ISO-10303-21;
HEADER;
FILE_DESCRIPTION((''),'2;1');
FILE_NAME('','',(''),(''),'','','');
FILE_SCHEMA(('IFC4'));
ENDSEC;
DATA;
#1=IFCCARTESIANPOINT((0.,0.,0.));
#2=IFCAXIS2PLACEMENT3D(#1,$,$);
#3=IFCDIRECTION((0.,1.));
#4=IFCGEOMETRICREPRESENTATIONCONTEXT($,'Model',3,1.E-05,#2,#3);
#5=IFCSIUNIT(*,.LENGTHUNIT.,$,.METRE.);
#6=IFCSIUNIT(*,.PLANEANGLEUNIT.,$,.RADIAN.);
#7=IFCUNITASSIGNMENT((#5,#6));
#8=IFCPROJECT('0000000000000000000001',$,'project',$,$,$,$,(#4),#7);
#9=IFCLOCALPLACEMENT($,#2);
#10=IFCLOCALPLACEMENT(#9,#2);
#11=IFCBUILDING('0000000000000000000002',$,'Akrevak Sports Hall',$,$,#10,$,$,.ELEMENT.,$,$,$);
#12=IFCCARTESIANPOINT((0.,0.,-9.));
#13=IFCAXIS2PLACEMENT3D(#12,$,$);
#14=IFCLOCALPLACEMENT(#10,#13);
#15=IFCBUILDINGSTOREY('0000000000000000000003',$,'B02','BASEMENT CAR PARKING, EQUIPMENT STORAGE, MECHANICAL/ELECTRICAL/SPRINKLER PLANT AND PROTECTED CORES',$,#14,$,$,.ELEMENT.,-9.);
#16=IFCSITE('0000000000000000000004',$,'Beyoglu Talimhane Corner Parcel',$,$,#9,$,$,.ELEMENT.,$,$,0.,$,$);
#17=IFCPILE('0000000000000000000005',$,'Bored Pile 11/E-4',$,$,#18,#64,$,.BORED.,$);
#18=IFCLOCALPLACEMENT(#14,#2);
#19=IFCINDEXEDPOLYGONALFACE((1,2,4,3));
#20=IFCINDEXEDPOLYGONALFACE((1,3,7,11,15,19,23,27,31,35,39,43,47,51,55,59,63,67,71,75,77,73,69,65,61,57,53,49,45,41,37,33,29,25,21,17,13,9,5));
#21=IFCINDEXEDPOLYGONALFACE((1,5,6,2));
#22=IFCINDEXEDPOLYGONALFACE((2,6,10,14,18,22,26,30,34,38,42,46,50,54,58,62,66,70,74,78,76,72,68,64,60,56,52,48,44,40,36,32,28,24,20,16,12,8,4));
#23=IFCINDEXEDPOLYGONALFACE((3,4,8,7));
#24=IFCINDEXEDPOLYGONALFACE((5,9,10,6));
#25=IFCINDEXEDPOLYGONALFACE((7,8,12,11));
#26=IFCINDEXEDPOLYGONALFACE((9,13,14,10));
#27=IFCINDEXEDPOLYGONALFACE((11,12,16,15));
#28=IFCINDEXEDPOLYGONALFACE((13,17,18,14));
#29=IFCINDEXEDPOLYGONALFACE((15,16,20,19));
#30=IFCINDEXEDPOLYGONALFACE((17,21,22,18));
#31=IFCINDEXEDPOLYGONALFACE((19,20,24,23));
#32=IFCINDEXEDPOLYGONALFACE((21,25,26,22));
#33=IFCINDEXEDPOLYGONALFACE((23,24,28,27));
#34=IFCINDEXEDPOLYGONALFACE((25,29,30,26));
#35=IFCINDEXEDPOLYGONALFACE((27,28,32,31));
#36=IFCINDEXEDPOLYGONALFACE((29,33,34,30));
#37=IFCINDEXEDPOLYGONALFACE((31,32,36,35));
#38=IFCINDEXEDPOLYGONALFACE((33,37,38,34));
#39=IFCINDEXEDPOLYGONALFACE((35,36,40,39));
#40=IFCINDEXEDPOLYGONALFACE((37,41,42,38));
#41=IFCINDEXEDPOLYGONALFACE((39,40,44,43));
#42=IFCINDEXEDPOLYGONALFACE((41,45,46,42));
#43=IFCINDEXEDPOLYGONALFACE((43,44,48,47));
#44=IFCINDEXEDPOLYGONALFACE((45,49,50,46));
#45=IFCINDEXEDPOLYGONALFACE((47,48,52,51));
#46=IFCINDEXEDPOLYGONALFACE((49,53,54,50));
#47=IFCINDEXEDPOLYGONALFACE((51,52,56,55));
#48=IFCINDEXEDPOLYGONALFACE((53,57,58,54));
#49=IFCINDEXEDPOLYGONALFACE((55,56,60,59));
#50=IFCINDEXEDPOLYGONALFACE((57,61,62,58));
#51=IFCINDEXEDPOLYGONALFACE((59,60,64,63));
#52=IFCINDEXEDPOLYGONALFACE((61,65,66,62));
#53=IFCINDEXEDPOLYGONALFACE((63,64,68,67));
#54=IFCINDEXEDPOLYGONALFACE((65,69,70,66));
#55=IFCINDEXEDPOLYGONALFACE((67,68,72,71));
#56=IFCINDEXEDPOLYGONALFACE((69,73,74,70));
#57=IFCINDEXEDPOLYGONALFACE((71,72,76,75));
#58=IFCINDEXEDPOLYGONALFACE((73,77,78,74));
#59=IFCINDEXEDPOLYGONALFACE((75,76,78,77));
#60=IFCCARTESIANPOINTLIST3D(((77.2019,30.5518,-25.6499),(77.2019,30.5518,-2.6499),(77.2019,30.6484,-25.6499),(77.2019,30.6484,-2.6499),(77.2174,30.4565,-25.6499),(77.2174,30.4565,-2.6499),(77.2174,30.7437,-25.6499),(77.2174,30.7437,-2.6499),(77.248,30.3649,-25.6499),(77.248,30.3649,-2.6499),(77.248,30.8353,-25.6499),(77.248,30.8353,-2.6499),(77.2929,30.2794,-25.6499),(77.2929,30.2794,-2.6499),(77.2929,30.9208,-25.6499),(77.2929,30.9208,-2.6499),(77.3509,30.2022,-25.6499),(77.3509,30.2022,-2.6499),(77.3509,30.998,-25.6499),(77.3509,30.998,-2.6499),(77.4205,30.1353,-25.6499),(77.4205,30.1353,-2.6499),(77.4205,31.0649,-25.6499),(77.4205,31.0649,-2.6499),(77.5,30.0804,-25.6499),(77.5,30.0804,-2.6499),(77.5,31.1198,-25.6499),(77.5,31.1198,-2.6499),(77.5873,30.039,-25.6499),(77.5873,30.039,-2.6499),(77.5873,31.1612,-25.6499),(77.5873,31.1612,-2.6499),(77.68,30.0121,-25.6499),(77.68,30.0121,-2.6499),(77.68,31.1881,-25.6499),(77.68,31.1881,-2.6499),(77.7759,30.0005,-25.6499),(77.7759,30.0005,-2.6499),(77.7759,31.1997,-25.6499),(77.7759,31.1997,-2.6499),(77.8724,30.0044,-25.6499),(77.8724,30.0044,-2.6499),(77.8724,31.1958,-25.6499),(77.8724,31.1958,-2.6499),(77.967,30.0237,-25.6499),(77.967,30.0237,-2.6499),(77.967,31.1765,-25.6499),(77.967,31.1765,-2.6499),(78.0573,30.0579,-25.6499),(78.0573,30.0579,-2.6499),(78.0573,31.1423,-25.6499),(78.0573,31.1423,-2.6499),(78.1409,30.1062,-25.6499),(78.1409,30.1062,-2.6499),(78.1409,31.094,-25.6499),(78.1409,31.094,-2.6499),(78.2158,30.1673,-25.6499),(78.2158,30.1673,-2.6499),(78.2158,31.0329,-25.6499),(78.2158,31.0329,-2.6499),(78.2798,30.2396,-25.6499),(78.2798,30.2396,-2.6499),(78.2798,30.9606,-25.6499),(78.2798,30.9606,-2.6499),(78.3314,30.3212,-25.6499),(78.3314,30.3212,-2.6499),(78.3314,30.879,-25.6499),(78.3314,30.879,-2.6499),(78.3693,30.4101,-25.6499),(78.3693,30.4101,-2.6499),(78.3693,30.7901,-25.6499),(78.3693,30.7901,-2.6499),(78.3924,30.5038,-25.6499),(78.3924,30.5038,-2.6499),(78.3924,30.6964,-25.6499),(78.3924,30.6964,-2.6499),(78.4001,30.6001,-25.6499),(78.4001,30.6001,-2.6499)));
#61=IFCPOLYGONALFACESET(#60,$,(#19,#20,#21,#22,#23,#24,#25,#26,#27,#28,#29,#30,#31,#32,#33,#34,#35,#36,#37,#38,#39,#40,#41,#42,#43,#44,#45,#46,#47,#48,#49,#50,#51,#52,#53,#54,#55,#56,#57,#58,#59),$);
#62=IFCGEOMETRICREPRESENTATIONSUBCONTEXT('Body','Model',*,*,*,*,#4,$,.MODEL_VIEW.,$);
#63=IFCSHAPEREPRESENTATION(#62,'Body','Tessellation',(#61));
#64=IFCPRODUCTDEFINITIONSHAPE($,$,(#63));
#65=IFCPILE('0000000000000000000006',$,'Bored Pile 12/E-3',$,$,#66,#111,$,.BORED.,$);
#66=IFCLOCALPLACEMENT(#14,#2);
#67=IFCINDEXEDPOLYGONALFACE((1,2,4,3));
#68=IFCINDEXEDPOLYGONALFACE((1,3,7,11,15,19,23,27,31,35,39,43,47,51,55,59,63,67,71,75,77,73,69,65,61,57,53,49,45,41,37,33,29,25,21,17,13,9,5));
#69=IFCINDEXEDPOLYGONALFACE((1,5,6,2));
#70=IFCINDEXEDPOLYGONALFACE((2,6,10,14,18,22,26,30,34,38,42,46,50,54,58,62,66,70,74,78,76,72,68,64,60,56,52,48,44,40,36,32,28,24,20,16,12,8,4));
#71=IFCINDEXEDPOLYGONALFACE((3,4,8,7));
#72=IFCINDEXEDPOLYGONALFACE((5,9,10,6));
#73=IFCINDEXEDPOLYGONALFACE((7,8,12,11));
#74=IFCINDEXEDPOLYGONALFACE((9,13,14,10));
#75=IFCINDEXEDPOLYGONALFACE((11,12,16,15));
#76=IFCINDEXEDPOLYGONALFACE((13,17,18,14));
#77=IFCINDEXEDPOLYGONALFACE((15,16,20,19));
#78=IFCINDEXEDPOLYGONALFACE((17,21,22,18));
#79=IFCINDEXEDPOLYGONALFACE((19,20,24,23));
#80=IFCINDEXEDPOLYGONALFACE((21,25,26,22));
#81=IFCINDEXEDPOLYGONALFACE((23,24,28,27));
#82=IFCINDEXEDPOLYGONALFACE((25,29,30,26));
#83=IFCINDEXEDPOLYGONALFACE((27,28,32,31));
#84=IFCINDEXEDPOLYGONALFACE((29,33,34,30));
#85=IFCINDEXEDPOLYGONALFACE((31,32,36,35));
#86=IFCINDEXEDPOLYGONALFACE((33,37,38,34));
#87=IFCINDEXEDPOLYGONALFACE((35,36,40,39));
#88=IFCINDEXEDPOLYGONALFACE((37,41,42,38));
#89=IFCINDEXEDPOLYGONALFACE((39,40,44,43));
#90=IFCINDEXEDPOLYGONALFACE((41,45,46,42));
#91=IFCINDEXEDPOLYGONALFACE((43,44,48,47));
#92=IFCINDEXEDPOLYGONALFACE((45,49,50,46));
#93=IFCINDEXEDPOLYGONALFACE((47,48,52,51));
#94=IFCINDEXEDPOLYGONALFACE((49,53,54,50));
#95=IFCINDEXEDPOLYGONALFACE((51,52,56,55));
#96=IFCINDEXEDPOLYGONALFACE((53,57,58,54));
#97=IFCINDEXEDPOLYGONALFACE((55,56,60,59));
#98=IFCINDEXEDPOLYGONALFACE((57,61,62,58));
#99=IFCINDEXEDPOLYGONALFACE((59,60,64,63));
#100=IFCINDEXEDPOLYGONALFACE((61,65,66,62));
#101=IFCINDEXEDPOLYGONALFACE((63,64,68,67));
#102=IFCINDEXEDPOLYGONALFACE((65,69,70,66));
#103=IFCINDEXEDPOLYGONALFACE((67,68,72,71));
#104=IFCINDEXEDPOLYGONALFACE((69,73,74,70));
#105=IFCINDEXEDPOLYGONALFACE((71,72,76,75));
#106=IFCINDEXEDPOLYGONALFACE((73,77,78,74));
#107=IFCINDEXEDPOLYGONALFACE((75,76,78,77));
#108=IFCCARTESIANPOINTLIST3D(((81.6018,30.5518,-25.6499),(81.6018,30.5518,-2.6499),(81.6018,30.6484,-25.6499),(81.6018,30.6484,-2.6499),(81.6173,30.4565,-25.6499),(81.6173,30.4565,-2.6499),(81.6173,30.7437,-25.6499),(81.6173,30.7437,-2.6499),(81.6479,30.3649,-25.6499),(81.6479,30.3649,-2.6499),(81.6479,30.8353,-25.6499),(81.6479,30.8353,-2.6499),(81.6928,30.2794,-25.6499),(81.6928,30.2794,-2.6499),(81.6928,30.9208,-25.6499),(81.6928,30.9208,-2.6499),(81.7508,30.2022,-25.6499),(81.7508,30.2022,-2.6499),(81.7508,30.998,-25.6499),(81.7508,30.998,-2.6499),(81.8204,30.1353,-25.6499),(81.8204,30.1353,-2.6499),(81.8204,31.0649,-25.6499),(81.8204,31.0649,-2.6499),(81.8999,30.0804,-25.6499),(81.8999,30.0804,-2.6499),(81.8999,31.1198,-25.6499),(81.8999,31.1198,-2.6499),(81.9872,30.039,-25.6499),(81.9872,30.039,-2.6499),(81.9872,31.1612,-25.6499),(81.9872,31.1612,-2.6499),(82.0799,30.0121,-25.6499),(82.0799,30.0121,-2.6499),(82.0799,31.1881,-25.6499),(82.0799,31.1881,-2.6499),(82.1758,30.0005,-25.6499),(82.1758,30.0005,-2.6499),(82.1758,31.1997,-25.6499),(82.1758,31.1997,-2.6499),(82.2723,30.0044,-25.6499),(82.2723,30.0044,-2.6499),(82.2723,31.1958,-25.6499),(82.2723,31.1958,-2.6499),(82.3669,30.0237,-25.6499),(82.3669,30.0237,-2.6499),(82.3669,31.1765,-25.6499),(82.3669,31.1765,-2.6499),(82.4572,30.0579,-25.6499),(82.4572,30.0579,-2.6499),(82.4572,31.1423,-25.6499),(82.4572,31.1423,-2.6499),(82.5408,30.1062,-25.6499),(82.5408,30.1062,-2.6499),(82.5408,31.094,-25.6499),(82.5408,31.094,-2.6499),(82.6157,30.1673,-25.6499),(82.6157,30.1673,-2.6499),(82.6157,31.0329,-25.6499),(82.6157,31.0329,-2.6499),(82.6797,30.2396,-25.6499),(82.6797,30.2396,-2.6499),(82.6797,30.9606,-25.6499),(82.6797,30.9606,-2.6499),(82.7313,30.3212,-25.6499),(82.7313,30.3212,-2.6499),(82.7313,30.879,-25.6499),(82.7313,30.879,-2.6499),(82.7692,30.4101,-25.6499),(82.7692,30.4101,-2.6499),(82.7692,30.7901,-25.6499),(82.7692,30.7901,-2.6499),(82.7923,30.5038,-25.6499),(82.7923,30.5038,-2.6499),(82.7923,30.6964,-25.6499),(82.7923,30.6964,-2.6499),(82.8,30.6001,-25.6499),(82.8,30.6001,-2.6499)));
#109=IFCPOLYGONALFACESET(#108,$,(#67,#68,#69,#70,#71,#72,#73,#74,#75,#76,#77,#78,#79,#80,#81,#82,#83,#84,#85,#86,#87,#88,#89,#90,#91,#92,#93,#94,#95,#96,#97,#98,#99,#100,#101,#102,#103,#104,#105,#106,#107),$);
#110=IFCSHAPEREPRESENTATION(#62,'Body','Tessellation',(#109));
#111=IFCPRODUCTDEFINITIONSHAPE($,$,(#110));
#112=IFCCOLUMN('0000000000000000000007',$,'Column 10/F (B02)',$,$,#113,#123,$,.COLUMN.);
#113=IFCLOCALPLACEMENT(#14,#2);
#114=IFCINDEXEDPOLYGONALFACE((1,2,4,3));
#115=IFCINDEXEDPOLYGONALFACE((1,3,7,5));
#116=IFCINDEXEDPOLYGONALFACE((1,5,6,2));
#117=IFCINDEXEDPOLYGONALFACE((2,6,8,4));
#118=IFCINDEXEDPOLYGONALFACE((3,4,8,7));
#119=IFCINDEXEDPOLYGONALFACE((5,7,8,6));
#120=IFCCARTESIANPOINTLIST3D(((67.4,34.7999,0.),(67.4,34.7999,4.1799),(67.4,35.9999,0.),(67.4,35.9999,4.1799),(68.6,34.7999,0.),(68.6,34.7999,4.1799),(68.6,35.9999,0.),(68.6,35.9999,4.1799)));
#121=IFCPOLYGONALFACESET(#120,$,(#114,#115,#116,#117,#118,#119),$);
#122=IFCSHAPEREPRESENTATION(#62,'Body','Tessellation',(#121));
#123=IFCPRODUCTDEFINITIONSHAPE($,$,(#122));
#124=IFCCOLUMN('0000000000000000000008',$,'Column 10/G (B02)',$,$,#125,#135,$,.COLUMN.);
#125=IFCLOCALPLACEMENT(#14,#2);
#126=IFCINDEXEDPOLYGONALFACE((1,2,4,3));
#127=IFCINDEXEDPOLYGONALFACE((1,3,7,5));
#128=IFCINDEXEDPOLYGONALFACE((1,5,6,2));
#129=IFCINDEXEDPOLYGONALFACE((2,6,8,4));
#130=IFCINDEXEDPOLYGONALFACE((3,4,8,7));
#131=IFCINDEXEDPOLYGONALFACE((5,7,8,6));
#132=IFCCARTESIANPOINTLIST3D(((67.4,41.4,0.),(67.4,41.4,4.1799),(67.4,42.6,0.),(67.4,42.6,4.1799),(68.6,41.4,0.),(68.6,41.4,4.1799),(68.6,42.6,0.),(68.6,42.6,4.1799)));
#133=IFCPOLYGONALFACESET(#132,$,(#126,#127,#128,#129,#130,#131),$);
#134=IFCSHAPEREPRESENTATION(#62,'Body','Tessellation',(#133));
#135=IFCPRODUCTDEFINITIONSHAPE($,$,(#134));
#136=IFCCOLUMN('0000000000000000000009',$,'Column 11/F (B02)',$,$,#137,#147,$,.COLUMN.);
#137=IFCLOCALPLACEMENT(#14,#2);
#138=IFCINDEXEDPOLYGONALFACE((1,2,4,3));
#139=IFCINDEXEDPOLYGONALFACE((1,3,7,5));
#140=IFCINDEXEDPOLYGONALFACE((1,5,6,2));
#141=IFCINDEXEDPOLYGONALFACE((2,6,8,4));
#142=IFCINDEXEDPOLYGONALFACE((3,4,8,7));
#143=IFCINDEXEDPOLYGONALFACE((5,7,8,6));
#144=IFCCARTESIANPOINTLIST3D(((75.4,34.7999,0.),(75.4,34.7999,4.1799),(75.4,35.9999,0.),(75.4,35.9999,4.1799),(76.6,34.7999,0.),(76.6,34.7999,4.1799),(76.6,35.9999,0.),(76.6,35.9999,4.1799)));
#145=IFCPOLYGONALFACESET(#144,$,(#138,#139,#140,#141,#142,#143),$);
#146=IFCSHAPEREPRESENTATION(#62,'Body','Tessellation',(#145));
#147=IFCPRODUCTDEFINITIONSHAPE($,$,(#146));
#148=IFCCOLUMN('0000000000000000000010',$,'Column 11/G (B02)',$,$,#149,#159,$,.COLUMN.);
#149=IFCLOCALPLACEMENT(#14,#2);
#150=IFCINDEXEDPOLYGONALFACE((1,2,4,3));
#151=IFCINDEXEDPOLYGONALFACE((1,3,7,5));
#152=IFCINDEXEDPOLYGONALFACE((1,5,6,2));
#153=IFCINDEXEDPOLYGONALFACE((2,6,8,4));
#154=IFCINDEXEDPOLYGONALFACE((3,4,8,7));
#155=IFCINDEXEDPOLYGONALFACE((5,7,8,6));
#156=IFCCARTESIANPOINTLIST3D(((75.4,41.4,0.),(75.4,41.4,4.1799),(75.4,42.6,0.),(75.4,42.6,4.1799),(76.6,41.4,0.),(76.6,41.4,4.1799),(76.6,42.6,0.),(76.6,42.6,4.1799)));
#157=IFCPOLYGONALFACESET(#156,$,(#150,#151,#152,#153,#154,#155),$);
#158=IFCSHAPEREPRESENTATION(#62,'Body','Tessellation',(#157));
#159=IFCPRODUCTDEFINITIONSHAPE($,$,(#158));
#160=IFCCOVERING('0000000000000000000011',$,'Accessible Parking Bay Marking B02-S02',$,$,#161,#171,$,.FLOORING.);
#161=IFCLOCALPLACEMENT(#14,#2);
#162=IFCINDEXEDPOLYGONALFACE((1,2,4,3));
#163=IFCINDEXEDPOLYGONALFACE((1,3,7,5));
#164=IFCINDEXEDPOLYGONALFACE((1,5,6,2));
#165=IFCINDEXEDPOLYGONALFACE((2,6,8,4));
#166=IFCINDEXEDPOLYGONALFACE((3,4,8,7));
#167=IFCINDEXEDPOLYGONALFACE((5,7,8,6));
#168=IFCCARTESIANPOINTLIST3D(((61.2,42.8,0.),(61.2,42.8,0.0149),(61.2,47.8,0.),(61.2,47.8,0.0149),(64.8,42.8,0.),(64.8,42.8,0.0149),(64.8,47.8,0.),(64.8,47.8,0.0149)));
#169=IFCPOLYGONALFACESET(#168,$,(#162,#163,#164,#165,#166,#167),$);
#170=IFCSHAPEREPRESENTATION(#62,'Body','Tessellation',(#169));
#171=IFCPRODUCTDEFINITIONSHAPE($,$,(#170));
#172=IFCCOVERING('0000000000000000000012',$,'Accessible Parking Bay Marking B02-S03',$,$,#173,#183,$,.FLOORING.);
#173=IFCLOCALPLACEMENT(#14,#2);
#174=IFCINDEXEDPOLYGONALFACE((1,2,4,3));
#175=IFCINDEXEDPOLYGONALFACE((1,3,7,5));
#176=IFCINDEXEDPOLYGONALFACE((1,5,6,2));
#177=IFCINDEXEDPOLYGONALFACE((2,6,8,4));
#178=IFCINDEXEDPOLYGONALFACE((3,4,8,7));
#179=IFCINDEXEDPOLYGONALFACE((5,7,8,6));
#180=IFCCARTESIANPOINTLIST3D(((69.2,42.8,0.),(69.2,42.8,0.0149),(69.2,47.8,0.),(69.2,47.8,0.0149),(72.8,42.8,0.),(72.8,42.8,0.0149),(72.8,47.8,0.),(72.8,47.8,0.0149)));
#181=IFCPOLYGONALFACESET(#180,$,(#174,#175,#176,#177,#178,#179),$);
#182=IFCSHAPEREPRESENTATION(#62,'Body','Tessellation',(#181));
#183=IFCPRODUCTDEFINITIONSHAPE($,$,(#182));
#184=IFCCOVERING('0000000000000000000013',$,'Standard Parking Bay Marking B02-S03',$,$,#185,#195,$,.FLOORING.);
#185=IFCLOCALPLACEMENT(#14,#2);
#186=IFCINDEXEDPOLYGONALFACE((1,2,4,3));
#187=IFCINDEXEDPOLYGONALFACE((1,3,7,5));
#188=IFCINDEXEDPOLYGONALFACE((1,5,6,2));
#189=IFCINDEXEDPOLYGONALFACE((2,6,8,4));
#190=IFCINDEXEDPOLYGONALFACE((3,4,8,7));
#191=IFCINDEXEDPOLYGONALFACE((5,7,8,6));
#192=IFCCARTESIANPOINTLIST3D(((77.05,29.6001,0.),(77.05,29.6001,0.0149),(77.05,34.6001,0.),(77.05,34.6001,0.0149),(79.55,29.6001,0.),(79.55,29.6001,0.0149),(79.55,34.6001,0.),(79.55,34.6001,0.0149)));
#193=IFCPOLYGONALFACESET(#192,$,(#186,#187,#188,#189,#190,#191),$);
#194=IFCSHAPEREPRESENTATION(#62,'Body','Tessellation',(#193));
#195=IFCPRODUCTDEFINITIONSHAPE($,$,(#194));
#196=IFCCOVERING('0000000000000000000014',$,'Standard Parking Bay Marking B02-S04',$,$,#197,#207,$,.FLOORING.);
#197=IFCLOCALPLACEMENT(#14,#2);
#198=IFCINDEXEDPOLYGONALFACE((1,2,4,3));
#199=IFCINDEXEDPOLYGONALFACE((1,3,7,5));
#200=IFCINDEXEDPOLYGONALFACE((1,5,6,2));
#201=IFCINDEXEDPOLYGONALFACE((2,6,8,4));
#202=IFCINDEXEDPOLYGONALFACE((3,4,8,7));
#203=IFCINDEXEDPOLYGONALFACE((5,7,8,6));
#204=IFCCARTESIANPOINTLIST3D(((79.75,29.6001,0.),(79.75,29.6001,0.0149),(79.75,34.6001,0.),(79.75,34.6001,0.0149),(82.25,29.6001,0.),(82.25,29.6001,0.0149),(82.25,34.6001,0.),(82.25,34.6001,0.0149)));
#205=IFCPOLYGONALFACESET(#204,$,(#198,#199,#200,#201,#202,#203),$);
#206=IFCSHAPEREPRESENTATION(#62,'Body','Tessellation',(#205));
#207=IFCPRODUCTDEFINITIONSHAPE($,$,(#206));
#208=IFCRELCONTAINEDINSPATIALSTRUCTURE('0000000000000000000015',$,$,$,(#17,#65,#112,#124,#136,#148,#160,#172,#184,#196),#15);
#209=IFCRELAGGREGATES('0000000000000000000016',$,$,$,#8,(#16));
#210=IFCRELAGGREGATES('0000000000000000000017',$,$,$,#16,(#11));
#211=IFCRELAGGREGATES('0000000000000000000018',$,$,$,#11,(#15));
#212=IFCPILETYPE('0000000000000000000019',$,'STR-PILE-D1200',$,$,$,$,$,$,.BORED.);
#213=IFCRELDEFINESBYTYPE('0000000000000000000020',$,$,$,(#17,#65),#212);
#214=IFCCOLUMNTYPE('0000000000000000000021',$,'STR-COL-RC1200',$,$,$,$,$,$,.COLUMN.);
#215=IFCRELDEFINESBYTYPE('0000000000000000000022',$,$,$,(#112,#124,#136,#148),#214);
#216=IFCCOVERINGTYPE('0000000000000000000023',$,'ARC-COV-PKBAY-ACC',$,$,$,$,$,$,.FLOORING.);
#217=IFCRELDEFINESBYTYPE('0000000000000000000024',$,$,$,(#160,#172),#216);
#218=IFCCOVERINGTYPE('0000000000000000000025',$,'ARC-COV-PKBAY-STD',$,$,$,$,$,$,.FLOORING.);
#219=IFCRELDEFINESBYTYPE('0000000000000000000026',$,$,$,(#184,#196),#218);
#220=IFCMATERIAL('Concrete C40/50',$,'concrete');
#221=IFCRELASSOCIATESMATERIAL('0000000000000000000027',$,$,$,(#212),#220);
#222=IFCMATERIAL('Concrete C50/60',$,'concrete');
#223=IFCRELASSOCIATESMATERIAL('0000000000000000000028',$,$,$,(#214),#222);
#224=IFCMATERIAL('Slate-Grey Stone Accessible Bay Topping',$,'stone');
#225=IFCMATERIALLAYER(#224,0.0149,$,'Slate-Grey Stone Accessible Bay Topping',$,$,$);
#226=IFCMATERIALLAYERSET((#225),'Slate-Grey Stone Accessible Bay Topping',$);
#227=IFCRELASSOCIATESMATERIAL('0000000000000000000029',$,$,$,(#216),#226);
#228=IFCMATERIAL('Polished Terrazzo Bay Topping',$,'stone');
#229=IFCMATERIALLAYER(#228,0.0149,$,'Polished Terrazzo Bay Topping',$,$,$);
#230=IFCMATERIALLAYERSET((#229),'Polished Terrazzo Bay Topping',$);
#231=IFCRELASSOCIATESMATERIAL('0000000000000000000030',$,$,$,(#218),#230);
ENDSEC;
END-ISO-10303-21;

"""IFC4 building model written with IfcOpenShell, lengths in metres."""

from ifc_helpers import new_model, si_unit, direction, frame, origin, origin_2d, place, context, subcontext, project, spatial, rectangle, circle, extrude, material, layer, layer_set, material_profile, profile_set, type_object, element, save


model = new_model("IFC4")

# Units and contexts
model_context = context("Model", 3, precision=1e-05, world=origin(), true_north=direction((0.0, 1.0)))
body_context = subcontext(model_context, "Body", "Model", "MODEL_VIEW")
ifc_project = project(units=[si_unit("LENGTHUNIT", "METRE"), si_unit("PLANEANGLEUNIT", "RADIAN")], contexts=[model_context])

# Site, building, storey
site_placement = place(None, origin())
site = spatial("IfcSite", under=ifc_project, at=site_placement, Name="Beyoglu Talimhane Corner Parcel", CompositionType="ELEMENT", RefElevation=0.0)
building_placement = place(site_placement, origin())
building = spatial("IfcBuilding", under=site, at=building_placement, Name="Akrevak Sports Hall", CompositionType="ELEMENT")
storey_placement = place(building_placement, frame((0.0, 0.0, -9.0)))
storey = spatial("IfcBuildingStorey", under=building, at=storey_placement, Name="B02", Description="BASEMENT CAR PARKING, EQUIPMENT STORAGE, MECHANICAL/ELECTRICAL/SPRINKLER PLANT AND PROTECTED CORES", CompositionType="ELEMENT", Elevation=-9.0)

# Shared definitions
ifc_material_1 = material(Name="Concrete C40/50", Category="concrete")

# Piles
ifc_material_profile_1 = material_profile(ifc_material_1, circle(Radius=0.6001, at=origin_2d()), Name="BORED PILE D1200", Category="concrete")
ifc_profile_set_1 = profile_set([ifc_material_profile_1], Name="Concrete C40/50")
pile_type_1 = type_object("IfcPileType", Name="STR-PILE-D1200", PredefinedType="BORED", material=ifc_profile_set_1)
for number, where, z_axis, x_axis, name in (
    (1, (77.8, 30.6001, -2.6499), (0.0, 0.0, -1.0), (1.0, 0.0, 0.0), "Bored Pile 11/E-4"),
    (2, (82.2, 30.6001, -2.6499), (0.0, 0.0, -1.0), (1.0, 0.0, 0.0), "Bored Pile 12/E-3"),
):
    element("IfcPile", number, at=place(storey_placement, frame(where, z_axis=z_axis, x_axis=x_axis)), inside=storey, type_object=pile_type_1, Name=name, PredefinedType="BORED", context=body_context, shape_type="SweptSolid", body=[
        extrude(circle(Radius=0.6001, at=origin_2d()), origin(), (0.0, 0.0, 1.0), 23.0),
    ])

# Columns
ifc_material_2 = material(Name="Concrete C50/60", Category="concrete")
ifc_material_profile_2 = material_profile(ifc_material_2, rectangle(XDim=1.2, YDim=1.2, at=origin_2d()), Name="RC 1200x1200", Category="concrete")
ifc_profile_set_2 = profile_set([ifc_material_profile_2], Name="Concrete C50/60")
column_type = type_object("IfcColumnType", Name="STR-COL-RC1200", PredefinedType="COLUMN", material=ifc_profile_set_2)
for number, where, z_axis, x_axis, name in (
    (3, (68.0, 35.3999, 0.0), (0.0, 0.0, 1.0), (1.0, 0.0, 0.0), "Column 10/F (B02)"),
    (4, (68.0, 42.0, 0.0), (0.0, 0.0, 1.0), (1.0, 0.0, 0.0), "Column 10/G (B02)"),
    (5, (76.0, 35.3999, 0.0), (0.0, 0.0, 1.0), (1.0, 0.0, 0.0), "Column 11/F (B02)"),
    (6, (76.0, 42.0, 0.0), (0.0, 0.0, 1.0), (1.0, 0.0, 0.0), "Column 11/G (B02)"),
):
    element("IfcColumn", number, at=place(storey_placement, frame(where, z_axis=z_axis, x_axis=x_axis)), inside=storey, type_object=column_type, Name=name, PredefinedType="COLUMN", context=body_context, shape_type="SweptSolid", body=[
        extrude(rectangle(XDim=1.2, YDim=1.2, at=origin_2d()), origin(), (0.0, 0.0, 1.0), 4.1799),
    ])

# Coverings
ifc_material_3 = material(Name="Slate-Grey Stone Accessible Bay Topping", Category="stone")
ifc_layer_1 = layer(ifc_material_3, 0.0149, Name="Slate-Grey Stone Accessible Bay Topping")
ifc_layer_set_1 = layer_set([ifc_layer_1], Name="Slate-Grey Stone Accessible Bay Topping")
covering_type_1 = type_object("IfcCoveringType", Name="ARC-COV-PKBAY-ACC", PredefinedType="FLOORING", material=ifc_layer_set_1)
for number, where, z_axis, x_axis, name in (
    (7, (63.0, 45.3, 0.0), (0.0, 0.0, 1.0), (1.0, 0.0, 0.0), "Accessible Parking Bay Marking B02-S02"),
    (8, (71.0, 45.3, 0.0), (0.0, 0.0, 1.0), (1.0, 0.0, 0.0), "Accessible Parking Bay Marking B02-S03"),
):
    element("IfcCovering", number, at=place(storey_placement, frame(where, z_axis=z_axis, x_axis=x_axis)), inside=storey, type_object=covering_type_1, Name=name, PredefinedType="FLOORING", context=body_context, shape_type="SweptSolid", body=[
        extrude(rectangle(XDim=3.6001, YDim=5.0, at=origin_2d()), origin(), (0.0, 0.0, 1.0), 0.0149),
    ])
ifc_material_4 = material(Name="Polished Terrazzo Bay Topping", Category="stone")
ifc_layer_2 = layer(ifc_material_4, 0.0149, Name="Polished Terrazzo Bay Topping")
ifc_layer_set_2 = layer_set([ifc_layer_2], Name="Polished Terrazzo Bay Topping")
covering_type_2 = type_object("IfcCoveringType", Name="ARC-COV-PKBAY-STD", PredefinedType="FLOORING", material=ifc_layer_set_2)
for number, where, z_axis, x_axis, name in (
    (9, (78.3, 32.1001, 0.0), (0.0, 0.0, 1.0), (1.0, 0.0, 0.0), "Standard Parking Bay Marking B02-S03"),
    (10, (81.0, 32.1001, 0.0), (0.0, 0.0, 1.0), (1.0, 0.0, 0.0), "Standard Parking Bay Marking B02-S04"),
):
    element("IfcCovering", number, at=place(storey_placement, frame(where, z_axis=z_axis, x_axis=x_axis)), inside=storey, type_object=covering_type_2, Name=name, PredefinedType="FLOORING", context=body_context, shape_type="SweptSolid", body=[
        extrude(rectangle(XDim=2.5, YDim=5.0, at=origin_2d()), origin(), (0.0, 0.0, 1.0), 0.0149),
    ])

save(model, "model.ifc")
